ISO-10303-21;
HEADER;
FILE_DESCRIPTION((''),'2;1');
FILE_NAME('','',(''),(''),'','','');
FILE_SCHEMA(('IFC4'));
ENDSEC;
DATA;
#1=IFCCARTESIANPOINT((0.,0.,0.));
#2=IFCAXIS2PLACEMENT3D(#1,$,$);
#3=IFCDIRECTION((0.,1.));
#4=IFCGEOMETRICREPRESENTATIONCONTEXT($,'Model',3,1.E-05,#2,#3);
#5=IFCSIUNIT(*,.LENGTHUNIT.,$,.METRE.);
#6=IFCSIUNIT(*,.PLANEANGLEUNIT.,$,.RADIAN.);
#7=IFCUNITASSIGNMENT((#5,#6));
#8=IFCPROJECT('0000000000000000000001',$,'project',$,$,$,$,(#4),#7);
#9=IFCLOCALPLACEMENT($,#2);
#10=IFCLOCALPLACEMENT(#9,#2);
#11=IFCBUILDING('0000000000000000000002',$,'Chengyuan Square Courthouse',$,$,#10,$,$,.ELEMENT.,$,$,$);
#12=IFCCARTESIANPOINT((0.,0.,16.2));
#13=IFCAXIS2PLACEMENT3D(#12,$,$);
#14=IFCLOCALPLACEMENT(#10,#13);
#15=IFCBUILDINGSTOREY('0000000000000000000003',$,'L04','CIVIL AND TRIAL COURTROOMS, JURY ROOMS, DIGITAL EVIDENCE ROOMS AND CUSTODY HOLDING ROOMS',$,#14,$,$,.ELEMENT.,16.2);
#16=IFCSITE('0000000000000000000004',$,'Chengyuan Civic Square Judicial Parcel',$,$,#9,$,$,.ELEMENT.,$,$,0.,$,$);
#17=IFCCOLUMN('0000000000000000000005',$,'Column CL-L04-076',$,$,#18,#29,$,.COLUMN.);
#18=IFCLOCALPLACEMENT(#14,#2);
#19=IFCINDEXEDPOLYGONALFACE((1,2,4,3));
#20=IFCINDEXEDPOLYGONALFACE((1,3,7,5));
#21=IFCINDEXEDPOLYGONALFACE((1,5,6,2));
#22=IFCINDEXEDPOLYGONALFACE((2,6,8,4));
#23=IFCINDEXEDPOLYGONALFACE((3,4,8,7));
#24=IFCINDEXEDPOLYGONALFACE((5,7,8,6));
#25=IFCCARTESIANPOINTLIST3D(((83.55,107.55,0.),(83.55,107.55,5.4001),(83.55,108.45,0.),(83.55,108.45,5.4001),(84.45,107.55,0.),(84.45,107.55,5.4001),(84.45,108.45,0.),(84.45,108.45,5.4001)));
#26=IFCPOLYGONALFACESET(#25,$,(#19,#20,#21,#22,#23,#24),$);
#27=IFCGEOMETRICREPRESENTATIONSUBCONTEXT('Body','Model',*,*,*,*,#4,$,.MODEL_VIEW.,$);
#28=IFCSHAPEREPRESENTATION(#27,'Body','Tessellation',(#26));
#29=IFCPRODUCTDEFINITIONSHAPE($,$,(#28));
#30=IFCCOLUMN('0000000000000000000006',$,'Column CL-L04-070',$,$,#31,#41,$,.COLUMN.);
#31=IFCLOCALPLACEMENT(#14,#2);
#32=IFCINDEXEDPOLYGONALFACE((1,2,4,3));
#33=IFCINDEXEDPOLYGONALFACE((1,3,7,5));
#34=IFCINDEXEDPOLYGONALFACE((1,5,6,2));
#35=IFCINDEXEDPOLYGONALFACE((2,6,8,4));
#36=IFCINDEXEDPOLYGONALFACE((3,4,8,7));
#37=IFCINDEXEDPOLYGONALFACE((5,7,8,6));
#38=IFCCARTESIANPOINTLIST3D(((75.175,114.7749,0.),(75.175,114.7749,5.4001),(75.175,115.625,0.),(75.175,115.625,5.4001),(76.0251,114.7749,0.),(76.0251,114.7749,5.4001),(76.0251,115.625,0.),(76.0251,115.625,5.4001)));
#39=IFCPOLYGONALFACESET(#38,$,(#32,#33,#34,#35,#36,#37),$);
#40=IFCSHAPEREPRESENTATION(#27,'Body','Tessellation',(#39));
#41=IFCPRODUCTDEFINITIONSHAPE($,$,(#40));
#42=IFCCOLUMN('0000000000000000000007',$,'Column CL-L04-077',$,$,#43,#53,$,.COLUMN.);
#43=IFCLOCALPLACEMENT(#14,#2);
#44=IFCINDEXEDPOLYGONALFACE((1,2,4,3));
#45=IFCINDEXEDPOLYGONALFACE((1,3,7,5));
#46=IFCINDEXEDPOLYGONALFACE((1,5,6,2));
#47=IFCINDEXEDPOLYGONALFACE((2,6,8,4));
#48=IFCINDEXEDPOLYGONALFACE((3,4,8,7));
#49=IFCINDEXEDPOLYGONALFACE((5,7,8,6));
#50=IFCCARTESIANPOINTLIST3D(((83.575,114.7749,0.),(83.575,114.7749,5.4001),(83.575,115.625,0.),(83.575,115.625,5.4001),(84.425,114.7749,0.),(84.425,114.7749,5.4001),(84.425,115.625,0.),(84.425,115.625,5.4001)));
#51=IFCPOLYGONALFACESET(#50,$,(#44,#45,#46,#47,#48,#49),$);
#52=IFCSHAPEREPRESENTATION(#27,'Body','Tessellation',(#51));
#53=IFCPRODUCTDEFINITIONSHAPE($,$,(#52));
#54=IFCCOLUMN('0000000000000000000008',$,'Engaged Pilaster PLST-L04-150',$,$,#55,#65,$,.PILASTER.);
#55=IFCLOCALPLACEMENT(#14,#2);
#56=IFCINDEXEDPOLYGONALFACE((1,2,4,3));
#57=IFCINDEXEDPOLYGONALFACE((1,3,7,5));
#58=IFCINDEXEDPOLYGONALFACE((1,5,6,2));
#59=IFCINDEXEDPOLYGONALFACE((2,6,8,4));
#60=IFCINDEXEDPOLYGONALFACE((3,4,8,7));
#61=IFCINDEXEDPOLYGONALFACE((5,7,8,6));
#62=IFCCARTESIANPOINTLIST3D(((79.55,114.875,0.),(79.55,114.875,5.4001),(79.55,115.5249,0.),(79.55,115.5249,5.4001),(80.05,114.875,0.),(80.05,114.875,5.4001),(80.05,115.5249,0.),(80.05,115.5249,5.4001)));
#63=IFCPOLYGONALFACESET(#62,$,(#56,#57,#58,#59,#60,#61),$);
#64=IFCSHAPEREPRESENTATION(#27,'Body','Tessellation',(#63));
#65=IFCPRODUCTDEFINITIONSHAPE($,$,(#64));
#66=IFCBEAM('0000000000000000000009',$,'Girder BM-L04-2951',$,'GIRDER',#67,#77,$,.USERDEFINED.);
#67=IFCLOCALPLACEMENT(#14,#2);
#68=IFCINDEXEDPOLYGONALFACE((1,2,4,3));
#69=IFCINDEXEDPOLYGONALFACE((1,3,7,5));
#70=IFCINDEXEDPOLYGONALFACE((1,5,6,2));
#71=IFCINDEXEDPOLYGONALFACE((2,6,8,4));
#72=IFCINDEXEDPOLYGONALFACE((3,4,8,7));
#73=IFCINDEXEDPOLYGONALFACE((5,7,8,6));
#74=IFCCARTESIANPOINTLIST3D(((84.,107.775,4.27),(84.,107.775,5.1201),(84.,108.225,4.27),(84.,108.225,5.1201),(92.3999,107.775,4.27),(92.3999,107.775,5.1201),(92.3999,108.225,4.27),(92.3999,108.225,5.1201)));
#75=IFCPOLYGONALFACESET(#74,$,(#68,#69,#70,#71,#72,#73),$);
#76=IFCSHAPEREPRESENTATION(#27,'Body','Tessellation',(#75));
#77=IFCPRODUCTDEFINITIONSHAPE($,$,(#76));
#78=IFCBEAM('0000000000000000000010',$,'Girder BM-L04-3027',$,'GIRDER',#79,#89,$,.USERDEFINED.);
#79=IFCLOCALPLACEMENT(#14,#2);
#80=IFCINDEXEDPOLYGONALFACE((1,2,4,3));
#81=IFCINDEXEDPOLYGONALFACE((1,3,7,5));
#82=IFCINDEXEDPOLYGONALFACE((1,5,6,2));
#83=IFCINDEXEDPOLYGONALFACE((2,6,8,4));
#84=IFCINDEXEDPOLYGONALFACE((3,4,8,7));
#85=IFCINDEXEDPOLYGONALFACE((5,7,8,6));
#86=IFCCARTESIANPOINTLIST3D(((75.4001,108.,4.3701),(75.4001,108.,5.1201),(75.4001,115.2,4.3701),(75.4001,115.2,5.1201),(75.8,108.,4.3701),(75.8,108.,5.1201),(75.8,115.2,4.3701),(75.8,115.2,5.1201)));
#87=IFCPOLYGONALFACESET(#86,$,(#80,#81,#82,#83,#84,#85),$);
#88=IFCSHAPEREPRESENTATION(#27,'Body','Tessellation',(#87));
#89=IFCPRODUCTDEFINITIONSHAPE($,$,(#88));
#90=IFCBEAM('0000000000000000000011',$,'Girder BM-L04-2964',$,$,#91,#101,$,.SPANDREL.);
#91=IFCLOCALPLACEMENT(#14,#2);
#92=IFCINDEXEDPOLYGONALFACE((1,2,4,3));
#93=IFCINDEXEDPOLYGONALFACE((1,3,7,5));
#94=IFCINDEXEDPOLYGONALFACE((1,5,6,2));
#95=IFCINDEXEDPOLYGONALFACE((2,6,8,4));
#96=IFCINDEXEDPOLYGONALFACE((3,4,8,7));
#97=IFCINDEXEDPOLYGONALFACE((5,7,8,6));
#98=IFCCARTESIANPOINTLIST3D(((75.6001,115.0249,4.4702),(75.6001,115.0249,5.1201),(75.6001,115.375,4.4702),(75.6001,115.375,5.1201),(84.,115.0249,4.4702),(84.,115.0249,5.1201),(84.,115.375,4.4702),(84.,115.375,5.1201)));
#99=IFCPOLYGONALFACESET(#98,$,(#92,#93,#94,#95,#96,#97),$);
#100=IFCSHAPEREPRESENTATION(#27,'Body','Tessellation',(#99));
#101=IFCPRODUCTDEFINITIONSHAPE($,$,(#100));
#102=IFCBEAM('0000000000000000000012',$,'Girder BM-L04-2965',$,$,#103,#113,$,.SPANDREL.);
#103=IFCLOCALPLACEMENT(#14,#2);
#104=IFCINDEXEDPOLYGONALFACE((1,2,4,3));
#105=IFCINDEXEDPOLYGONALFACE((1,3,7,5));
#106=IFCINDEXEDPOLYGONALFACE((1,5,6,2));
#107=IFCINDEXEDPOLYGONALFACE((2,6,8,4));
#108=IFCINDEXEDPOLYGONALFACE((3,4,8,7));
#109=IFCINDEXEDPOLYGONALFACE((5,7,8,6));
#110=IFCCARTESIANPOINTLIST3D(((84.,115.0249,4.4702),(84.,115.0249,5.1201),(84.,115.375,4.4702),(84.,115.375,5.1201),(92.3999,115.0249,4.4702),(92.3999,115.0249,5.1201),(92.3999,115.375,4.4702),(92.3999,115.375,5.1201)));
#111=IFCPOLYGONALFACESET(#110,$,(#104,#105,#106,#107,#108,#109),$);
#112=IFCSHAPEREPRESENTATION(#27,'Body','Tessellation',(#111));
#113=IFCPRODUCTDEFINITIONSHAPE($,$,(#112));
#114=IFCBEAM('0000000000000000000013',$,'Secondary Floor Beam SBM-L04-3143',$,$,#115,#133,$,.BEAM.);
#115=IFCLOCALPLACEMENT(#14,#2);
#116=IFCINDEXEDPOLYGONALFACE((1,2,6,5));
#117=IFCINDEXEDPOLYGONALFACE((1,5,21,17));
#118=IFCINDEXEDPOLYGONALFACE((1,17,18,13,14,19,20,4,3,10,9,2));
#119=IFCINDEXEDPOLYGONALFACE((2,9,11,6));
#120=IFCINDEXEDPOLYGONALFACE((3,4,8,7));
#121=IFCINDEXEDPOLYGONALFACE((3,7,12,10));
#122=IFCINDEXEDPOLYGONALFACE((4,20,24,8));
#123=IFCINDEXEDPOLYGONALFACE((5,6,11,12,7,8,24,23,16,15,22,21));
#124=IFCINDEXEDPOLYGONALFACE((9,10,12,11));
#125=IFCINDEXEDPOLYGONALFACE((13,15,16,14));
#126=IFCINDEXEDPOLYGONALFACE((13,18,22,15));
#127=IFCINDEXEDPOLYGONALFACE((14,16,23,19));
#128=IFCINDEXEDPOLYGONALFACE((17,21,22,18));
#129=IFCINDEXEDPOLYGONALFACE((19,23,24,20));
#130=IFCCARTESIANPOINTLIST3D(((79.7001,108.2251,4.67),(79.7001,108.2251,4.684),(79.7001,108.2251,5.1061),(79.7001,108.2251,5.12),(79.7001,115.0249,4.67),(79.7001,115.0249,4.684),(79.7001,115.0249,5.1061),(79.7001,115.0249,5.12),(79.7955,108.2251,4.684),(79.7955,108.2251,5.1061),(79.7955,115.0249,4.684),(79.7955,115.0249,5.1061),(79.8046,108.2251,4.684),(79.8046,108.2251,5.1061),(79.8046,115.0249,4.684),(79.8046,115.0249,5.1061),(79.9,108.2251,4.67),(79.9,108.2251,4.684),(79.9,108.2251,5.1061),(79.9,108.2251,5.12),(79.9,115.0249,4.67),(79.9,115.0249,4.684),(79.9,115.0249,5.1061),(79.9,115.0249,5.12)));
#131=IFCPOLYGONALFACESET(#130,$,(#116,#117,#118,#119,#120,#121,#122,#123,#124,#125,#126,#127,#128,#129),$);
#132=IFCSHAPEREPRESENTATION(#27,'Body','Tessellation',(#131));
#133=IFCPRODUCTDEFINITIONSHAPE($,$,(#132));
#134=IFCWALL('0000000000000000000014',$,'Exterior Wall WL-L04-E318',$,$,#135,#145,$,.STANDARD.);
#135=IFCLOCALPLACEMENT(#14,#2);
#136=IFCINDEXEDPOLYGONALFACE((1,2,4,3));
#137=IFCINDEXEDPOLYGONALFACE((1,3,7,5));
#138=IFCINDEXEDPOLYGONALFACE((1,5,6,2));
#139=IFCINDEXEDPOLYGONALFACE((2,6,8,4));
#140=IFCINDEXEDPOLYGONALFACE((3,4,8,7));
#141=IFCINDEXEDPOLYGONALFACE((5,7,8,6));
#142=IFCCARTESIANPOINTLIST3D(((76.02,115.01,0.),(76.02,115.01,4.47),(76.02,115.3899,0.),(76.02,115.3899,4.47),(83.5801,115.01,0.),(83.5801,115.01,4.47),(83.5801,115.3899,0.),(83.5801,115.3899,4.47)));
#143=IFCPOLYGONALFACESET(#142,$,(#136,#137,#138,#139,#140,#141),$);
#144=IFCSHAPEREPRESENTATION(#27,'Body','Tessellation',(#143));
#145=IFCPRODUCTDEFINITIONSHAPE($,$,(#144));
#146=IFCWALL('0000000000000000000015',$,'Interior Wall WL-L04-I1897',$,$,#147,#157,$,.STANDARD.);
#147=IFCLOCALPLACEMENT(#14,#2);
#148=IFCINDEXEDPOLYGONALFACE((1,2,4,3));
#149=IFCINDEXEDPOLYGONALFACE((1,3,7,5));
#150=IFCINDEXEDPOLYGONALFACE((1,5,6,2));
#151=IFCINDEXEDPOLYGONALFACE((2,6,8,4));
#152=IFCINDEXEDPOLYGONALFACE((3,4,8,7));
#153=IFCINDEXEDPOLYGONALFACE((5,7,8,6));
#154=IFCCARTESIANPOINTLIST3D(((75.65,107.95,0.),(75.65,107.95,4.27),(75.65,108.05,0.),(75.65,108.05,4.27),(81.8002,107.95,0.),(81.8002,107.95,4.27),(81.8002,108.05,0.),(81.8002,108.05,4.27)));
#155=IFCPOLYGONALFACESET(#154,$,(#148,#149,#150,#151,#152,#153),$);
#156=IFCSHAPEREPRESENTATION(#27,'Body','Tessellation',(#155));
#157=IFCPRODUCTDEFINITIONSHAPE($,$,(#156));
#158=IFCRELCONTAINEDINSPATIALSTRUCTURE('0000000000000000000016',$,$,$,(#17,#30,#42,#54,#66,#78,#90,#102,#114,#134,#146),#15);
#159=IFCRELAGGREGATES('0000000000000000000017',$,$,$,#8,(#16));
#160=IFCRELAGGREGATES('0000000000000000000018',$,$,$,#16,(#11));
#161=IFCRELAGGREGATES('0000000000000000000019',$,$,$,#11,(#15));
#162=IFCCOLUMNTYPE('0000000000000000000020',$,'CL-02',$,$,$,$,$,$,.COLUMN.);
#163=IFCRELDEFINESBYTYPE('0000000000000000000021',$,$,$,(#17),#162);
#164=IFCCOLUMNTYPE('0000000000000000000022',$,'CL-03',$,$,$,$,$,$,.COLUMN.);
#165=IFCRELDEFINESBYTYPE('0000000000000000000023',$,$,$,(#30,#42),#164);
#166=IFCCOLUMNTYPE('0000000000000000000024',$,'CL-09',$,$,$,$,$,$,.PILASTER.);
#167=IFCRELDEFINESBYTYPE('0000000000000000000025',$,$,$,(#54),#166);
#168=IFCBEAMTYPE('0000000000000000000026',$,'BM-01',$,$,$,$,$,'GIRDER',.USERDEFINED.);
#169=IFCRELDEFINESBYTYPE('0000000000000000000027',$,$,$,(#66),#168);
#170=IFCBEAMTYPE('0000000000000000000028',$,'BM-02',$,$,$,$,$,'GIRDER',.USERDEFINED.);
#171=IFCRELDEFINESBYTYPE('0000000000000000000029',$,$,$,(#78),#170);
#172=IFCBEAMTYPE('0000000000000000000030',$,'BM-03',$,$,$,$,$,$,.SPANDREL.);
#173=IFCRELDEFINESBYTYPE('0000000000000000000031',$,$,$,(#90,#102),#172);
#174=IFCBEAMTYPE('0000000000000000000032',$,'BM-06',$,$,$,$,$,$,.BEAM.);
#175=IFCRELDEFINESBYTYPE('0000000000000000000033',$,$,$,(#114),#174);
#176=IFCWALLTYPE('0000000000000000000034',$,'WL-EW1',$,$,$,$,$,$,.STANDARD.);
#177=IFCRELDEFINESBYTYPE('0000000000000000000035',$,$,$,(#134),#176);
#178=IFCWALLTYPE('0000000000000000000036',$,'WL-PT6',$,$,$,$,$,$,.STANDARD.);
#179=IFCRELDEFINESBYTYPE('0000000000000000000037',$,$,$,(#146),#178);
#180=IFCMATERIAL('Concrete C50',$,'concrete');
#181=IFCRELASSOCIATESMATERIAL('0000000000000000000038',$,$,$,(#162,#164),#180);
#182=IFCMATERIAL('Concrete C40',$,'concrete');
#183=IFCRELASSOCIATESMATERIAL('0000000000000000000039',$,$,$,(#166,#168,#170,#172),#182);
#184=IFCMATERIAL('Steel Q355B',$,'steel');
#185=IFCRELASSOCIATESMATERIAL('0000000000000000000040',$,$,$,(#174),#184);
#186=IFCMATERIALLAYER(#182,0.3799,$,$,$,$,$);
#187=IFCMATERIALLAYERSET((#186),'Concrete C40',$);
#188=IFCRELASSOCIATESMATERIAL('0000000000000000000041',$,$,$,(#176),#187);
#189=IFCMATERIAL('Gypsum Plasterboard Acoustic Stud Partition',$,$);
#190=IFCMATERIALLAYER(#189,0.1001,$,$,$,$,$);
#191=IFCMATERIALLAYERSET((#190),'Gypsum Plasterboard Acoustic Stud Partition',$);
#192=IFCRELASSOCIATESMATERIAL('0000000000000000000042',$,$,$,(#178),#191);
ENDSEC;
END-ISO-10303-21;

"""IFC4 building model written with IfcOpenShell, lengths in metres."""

from ifc_helpers import new_model, si_unit, direction, frame, frame_2d, origin, origin_2d, place, context, subcontext, project, spatial, rectangle, i_section, extrude, material, layer, layer_set, material_profile, profile_set, type_object, element, save


model = new_model("IFC4")

# Units and contexts
model_context = context("Model", 3, precision=1e-05, world=origin(), true_north=direction((0.0, 1.0)))
body_context = subcontext(model_context, "Body", "Model", "MODEL_VIEW")
ifc_project = project(units=[si_unit("LENGTHUNIT", "METRE"), si_unit("PLANEANGLEUNIT", "RADIAN")], contexts=[model_context])

# Site, building, storey
site_placement = place(None, origin())
site = spatial("IfcSite", under=ifc_project, at=site_placement, Name="Chengyuan Civic Square Judicial Parcel", CompositionType="ELEMENT", RefElevation=0.0)
building_placement = place(site_placement, origin())
building = spatial("IfcBuilding", under=site, at=building_placement, Name="Chengyuan Square Courthouse", CompositionType="ELEMENT")
storey_placement = place(building_placement, frame((0.0, 0.0, 16.2)))
storey = spatial("IfcBuildingStorey", under=building, at=storey_placement, Name="L04", Description="CIVIL AND TRIAL COURTROOMS, JURY ROOMS, DIGITAL EVIDENCE ROOMS AND CUSTODY HOLDING ROOMS", CompositionType="ELEMENT", Elevation=16.2)

# Columns
ifc_material_1 = material(Name="Concrete C50", Category="concrete")
ifc_material_profile_1 = material_profile(ifc_material_1, rectangle(XDim=0.8999, YDim=0.8999, at=origin_2d()), Name="RC-COL-900x900")
ifc_profile_set_1 = profile_set([ifc_material_profile_1], Name="Concrete C50")
column_type_1 = type_object("IfcColumnType", Name="CL-02", PredefinedType="COLUMN", material=ifc_profile_set_1)
column_1_placement = place(storey_placement, frame((84.0, 108.0, 0.0), z_axis=(0.0, 0.0, 1.0), x_axis=(1.0, 0.0, 0.0)))
element("IfcColumn", 1, at=column_1_placement, inside=storey, type_object=column_type_1, Name="Column CL-L04-076", PredefinedType="COLUMN", context=body_context, shape_type="SweptSolid", body=[
    extrude(rectangle(XDim=0.8999, YDim=0.8999, at=origin_2d()), origin(), (0.0, 0.0, 1.0), 5.4001),
])
ifc_material_profile_2 = material_profile(ifc_material_1, rectangle(XDim=0.8501, YDim=0.8501, at=origin_2d()), Name="RC-COL-850x850")
ifc_profile_set_2 = profile_set([ifc_material_profile_2], Name="Concrete C50")
column_type_2 = type_object("IfcColumnType", Name="CL-03", PredefinedType="COLUMN", material=ifc_profile_set_2)
for number, where, z_axis, x_axis, name in (
    (2, (75.6001, 115.2, 0.0), (0.0, 0.0, 1.0), (1.0, 0.0, 0.0), "Column CL-L04-070"),
    (3, (84.0, 115.2, 0.0), (0.0, 0.0, 1.0), (1.0, 0.0, 0.0), "Column CL-L04-077"),
):
    element("IfcColumn", number, at=place(storey_placement, frame(where, z_axis=z_axis, x_axis=x_axis)), inside=storey, type_object=column_type_2, Name=name, PredefinedType="COLUMN", context=body_context, shape_type="SweptSolid", body=[
        extrude(rectangle(XDim=0.8501, YDim=0.8501, at=origin_2d()), origin(), (0.0, 0.0, 1.0), 5.4001),
    ])
ifc_material_2 = material(Name="Concrete C40", Category="concrete")
ifc_material_profile_3 = material_profile(ifc_material_2, rectangle(XDim=0.5, YDim=0.6499, at=origin_2d()), Name="RC-PIL-500x650")
ifc_profile_set_3 = profile_set([ifc_material_profile_3], Name="Concrete C40")
column_type_3 = type_object("IfcColumnType", Name="CL-09", PredefinedType="PILASTER", material=ifc_profile_set_3)
column_2_placement = place(storey_placement, frame((79.8, 115.2, 0.0), z_axis=(0.0, 0.0, 1.0), x_axis=(1.0, 0.0, 0.0)))
element("IfcColumn", 4, at=column_2_placement, inside=storey, type_object=column_type_3, Name="Engaged Pilaster PLST-L04-150", PredefinedType="PILASTER", context=body_context, shape_type="SweptSolid", body=[
    extrude(rectangle(XDim=0.5, YDim=0.6499, at=origin_2d()), origin(), (0.0, 0.0, 1.0), 5.4001),
])

# Beams
ifc_material_profile_4 = material_profile(ifc_material_2, rectangle(XDim=0.45, YDim=0.8501, at=origin_2d()), Name="RC-BM-450x850")
ifc_profile_set_4 = profile_set([ifc_material_profile_4], Name="Concrete C40")
beam_type_1 = type_object("IfcBeamType", Name="BM-01", ElementType="GIRDER", PredefinedType="USERDEFINED", material=ifc_profile_set_4)
beam_1_placement = place(storey_placement, frame((84.0, 108.0, 4.6951), z_axis=(1.0, 0.0, 0.0), x_axis=(0.0, 1.0, 0.0)))
element("IfcBeam", 5, at=beam_1_placement, inside=storey, type_object=beam_type_1, Name="Girder BM-L04-2951", ObjectType="GIRDER", PredefinedType="USERDEFINED", context=body_context, shape_type="SweptSolid", body=[
    extrude(rectangle(XDim=0.45, YDim=0.8501, at=origin_2d()), origin(), (0.0, 0.0, 1.0), 8.3999),
])
ifc_material_profile_5 = material_profile(ifc_material_2, rectangle(XDim=0.3999, YDim=0.75, at=origin_2d()), Name="RC-BM-400x750")
ifc_profile_set_5 = profile_set([ifc_material_profile_5], Name="Concrete C40")
beam_type_2 = type_object("IfcBeamType", Name="BM-02", ElementType="GIRDER", PredefinedType="USERDEFINED", material=ifc_profile_set_5)
beam_2_placement = place(storey_placement, frame((75.6001, 108.0, 4.7451), z_axis=(0.0, 1.0, 0.0), x_axis=(-1.0, 0.0, 0.0)))
element("IfcBeam", 6, at=beam_2_placement, inside=storey, type_object=beam_type_2, Name="Girder BM-L04-3027", ObjectType="GIRDER", PredefinedType="USERDEFINED", context=body_context, shape_type="SweptSolid", body=[
    extrude(rectangle(XDim=0.3999, YDim=0.75, at=origin_2d()), origin(), (0.0, 0.0, 1.0), 7.2),
])
ifc_material_profile_6 = material_profile(ifc_material_2, rectangle(XDim=0.3501, YDim=0.6499, at=origin_2d()), Name="RC-BM-350x650")
ifc_profile_set_6 = profile_set([ifc_material_profile_6], Name="Concrete C40")
beam_type_3 = type_object("IfcBeamType", Name="BM-03", PredefinedType="SPANDREL", material=ifc_profile_set_6)
for number, where, z_axis, x_axis, name in (
    (7, (75.6001, 115.2, 4.7952), (1.0, 0.0, 0.0), (0.0, 1.0, 0.0), "Girder BM-L04-2964"),
    (8, (84.0, 115.2, 4.7952), (1.0, 0.0, 0.0), (0.0, 1.0, 0.0), "Girder BM-L04-2965"),
):
    element("IfcBeam", number, at=place(storey_placement, frame(where, z_axis=z_axis, x_axis=x_axis)), inside=storey, type_object=beam_type_3, Name=name, PredefinedType="SPANDREL", context=body_context, shape_type="SweptSolid", body=[
        extrude(rectangle(XDim=0.3501, YDim=0.6499, at=origin_2d()), origin(), (0.0, 0.0, 1.0), 8.3999),
    ])
ifc_material_3 = material(Name="Steel Q355B", Category="steel")
ifc_material_profile_7 = material_profile(ifc_material_3, i_section(OverallWidth=0.2, OverallDepth=0.45, WebThickness=0.009, FlangeThickness=0.0139, at=origin_2d()), Name="HN 450x200x9x14")
ifc_profile_set_7 = profile_set([ifc_material_profile_7], Name="Steel Q355B")
beam_type_4 = type_object("IfcBeamType", Name="BM-06", PredefinedType="BEAM", material=ifc_profile_set_7)
beam_3_placement = place(storey_placement, frame((79.8, 108.2251, 4.895), z_axis=(0.0, 1.0, 0.0), x_axis=(-1.0, 0.0, 0.0)))
element("IfcBeam", 9, at=beam_3_placement, inside=storey, type_object=beam_type_4, Name="Secondary Floor Beam SBM-L04-3143", PredefinedType="BEAM", context=body_context, shape_type="SweptSolid", body=[
    extrude(i_section(OverallWidth=0.2, OverallDepth=0.45, WebThickness=0.009, FlangeThickness=0.0139, at=origin_2d()), origin(), (0.0, 0.0, 1.0), 6.7998),
])

# Walls
ifc_layer_1 = layer(ifc_material_2, 0.3799)
ifc_layer_set_1 = layer_set([ifc_layer_1], Name="Concrete C40")
wall_type_1 = type_object("IfcWallType", Name="WL-EW1", PredefinedType="STANDARD", material=ifc_layer_set_1)
wall_1_placement = place(storey_placement, frame((76.02, 115.2, 0.0), z_axis=(0.0, 0.0, 1.0), x_axis=(1.0, 0.0, 0.0)))
element("IfcWall", 10, at=wall_1_placement, inside=storey, type_object=wall_type_1, Name="Exterior Wall WL-L04-E318", PredefinedType="STANDARD", context=body_context, shape_type="SweptSolid", body=[
    extrude(rectangle(XDim=7.5601, YDim=0.3799, at=frame_2d((3.78, 0.0))), origin(), (0.0, 0.0, 1.0), 4.47),
])
ifc_material_4 = material(Name="Gypsum Plasterboard Acoustic Stud Partition")
ifc_layer_2 = layer(ifc_material_4, 0.1001)
ifc_layer_set_2 = layer_set([ifc_layer_2], Name="Gypsum Plasterboard Acoustic Stud Partition")
wall_type_2 = type_object("IfcWallType", Name="WL-PT6", PredefinedType="STANDARD", material=ifc_layer_set_2)
wall_2_placement = place(storey_placement, frame((75.6499, 108.0, 0.0), z_axis=(0.0, 0.0, 1.0), x_axis=(1.0, 0.0, 0.0)))
element("IfcWall", 11, at=wall_2_placement, inside=storey, type_object=wall_type_2, Name="Interior Wall WL-L04-I1897", PredefinedType="STANDARD", context=body_context, shape_type="SweptSolid", body=[
    extrude(rectangle(XDim=6.1501, YDim=0.1001, at=frame_2d((3.0752, 0.0))), origin(), (0.0, 0.0, 1.0), 4.27),
])

save(model, "model.ifc")
